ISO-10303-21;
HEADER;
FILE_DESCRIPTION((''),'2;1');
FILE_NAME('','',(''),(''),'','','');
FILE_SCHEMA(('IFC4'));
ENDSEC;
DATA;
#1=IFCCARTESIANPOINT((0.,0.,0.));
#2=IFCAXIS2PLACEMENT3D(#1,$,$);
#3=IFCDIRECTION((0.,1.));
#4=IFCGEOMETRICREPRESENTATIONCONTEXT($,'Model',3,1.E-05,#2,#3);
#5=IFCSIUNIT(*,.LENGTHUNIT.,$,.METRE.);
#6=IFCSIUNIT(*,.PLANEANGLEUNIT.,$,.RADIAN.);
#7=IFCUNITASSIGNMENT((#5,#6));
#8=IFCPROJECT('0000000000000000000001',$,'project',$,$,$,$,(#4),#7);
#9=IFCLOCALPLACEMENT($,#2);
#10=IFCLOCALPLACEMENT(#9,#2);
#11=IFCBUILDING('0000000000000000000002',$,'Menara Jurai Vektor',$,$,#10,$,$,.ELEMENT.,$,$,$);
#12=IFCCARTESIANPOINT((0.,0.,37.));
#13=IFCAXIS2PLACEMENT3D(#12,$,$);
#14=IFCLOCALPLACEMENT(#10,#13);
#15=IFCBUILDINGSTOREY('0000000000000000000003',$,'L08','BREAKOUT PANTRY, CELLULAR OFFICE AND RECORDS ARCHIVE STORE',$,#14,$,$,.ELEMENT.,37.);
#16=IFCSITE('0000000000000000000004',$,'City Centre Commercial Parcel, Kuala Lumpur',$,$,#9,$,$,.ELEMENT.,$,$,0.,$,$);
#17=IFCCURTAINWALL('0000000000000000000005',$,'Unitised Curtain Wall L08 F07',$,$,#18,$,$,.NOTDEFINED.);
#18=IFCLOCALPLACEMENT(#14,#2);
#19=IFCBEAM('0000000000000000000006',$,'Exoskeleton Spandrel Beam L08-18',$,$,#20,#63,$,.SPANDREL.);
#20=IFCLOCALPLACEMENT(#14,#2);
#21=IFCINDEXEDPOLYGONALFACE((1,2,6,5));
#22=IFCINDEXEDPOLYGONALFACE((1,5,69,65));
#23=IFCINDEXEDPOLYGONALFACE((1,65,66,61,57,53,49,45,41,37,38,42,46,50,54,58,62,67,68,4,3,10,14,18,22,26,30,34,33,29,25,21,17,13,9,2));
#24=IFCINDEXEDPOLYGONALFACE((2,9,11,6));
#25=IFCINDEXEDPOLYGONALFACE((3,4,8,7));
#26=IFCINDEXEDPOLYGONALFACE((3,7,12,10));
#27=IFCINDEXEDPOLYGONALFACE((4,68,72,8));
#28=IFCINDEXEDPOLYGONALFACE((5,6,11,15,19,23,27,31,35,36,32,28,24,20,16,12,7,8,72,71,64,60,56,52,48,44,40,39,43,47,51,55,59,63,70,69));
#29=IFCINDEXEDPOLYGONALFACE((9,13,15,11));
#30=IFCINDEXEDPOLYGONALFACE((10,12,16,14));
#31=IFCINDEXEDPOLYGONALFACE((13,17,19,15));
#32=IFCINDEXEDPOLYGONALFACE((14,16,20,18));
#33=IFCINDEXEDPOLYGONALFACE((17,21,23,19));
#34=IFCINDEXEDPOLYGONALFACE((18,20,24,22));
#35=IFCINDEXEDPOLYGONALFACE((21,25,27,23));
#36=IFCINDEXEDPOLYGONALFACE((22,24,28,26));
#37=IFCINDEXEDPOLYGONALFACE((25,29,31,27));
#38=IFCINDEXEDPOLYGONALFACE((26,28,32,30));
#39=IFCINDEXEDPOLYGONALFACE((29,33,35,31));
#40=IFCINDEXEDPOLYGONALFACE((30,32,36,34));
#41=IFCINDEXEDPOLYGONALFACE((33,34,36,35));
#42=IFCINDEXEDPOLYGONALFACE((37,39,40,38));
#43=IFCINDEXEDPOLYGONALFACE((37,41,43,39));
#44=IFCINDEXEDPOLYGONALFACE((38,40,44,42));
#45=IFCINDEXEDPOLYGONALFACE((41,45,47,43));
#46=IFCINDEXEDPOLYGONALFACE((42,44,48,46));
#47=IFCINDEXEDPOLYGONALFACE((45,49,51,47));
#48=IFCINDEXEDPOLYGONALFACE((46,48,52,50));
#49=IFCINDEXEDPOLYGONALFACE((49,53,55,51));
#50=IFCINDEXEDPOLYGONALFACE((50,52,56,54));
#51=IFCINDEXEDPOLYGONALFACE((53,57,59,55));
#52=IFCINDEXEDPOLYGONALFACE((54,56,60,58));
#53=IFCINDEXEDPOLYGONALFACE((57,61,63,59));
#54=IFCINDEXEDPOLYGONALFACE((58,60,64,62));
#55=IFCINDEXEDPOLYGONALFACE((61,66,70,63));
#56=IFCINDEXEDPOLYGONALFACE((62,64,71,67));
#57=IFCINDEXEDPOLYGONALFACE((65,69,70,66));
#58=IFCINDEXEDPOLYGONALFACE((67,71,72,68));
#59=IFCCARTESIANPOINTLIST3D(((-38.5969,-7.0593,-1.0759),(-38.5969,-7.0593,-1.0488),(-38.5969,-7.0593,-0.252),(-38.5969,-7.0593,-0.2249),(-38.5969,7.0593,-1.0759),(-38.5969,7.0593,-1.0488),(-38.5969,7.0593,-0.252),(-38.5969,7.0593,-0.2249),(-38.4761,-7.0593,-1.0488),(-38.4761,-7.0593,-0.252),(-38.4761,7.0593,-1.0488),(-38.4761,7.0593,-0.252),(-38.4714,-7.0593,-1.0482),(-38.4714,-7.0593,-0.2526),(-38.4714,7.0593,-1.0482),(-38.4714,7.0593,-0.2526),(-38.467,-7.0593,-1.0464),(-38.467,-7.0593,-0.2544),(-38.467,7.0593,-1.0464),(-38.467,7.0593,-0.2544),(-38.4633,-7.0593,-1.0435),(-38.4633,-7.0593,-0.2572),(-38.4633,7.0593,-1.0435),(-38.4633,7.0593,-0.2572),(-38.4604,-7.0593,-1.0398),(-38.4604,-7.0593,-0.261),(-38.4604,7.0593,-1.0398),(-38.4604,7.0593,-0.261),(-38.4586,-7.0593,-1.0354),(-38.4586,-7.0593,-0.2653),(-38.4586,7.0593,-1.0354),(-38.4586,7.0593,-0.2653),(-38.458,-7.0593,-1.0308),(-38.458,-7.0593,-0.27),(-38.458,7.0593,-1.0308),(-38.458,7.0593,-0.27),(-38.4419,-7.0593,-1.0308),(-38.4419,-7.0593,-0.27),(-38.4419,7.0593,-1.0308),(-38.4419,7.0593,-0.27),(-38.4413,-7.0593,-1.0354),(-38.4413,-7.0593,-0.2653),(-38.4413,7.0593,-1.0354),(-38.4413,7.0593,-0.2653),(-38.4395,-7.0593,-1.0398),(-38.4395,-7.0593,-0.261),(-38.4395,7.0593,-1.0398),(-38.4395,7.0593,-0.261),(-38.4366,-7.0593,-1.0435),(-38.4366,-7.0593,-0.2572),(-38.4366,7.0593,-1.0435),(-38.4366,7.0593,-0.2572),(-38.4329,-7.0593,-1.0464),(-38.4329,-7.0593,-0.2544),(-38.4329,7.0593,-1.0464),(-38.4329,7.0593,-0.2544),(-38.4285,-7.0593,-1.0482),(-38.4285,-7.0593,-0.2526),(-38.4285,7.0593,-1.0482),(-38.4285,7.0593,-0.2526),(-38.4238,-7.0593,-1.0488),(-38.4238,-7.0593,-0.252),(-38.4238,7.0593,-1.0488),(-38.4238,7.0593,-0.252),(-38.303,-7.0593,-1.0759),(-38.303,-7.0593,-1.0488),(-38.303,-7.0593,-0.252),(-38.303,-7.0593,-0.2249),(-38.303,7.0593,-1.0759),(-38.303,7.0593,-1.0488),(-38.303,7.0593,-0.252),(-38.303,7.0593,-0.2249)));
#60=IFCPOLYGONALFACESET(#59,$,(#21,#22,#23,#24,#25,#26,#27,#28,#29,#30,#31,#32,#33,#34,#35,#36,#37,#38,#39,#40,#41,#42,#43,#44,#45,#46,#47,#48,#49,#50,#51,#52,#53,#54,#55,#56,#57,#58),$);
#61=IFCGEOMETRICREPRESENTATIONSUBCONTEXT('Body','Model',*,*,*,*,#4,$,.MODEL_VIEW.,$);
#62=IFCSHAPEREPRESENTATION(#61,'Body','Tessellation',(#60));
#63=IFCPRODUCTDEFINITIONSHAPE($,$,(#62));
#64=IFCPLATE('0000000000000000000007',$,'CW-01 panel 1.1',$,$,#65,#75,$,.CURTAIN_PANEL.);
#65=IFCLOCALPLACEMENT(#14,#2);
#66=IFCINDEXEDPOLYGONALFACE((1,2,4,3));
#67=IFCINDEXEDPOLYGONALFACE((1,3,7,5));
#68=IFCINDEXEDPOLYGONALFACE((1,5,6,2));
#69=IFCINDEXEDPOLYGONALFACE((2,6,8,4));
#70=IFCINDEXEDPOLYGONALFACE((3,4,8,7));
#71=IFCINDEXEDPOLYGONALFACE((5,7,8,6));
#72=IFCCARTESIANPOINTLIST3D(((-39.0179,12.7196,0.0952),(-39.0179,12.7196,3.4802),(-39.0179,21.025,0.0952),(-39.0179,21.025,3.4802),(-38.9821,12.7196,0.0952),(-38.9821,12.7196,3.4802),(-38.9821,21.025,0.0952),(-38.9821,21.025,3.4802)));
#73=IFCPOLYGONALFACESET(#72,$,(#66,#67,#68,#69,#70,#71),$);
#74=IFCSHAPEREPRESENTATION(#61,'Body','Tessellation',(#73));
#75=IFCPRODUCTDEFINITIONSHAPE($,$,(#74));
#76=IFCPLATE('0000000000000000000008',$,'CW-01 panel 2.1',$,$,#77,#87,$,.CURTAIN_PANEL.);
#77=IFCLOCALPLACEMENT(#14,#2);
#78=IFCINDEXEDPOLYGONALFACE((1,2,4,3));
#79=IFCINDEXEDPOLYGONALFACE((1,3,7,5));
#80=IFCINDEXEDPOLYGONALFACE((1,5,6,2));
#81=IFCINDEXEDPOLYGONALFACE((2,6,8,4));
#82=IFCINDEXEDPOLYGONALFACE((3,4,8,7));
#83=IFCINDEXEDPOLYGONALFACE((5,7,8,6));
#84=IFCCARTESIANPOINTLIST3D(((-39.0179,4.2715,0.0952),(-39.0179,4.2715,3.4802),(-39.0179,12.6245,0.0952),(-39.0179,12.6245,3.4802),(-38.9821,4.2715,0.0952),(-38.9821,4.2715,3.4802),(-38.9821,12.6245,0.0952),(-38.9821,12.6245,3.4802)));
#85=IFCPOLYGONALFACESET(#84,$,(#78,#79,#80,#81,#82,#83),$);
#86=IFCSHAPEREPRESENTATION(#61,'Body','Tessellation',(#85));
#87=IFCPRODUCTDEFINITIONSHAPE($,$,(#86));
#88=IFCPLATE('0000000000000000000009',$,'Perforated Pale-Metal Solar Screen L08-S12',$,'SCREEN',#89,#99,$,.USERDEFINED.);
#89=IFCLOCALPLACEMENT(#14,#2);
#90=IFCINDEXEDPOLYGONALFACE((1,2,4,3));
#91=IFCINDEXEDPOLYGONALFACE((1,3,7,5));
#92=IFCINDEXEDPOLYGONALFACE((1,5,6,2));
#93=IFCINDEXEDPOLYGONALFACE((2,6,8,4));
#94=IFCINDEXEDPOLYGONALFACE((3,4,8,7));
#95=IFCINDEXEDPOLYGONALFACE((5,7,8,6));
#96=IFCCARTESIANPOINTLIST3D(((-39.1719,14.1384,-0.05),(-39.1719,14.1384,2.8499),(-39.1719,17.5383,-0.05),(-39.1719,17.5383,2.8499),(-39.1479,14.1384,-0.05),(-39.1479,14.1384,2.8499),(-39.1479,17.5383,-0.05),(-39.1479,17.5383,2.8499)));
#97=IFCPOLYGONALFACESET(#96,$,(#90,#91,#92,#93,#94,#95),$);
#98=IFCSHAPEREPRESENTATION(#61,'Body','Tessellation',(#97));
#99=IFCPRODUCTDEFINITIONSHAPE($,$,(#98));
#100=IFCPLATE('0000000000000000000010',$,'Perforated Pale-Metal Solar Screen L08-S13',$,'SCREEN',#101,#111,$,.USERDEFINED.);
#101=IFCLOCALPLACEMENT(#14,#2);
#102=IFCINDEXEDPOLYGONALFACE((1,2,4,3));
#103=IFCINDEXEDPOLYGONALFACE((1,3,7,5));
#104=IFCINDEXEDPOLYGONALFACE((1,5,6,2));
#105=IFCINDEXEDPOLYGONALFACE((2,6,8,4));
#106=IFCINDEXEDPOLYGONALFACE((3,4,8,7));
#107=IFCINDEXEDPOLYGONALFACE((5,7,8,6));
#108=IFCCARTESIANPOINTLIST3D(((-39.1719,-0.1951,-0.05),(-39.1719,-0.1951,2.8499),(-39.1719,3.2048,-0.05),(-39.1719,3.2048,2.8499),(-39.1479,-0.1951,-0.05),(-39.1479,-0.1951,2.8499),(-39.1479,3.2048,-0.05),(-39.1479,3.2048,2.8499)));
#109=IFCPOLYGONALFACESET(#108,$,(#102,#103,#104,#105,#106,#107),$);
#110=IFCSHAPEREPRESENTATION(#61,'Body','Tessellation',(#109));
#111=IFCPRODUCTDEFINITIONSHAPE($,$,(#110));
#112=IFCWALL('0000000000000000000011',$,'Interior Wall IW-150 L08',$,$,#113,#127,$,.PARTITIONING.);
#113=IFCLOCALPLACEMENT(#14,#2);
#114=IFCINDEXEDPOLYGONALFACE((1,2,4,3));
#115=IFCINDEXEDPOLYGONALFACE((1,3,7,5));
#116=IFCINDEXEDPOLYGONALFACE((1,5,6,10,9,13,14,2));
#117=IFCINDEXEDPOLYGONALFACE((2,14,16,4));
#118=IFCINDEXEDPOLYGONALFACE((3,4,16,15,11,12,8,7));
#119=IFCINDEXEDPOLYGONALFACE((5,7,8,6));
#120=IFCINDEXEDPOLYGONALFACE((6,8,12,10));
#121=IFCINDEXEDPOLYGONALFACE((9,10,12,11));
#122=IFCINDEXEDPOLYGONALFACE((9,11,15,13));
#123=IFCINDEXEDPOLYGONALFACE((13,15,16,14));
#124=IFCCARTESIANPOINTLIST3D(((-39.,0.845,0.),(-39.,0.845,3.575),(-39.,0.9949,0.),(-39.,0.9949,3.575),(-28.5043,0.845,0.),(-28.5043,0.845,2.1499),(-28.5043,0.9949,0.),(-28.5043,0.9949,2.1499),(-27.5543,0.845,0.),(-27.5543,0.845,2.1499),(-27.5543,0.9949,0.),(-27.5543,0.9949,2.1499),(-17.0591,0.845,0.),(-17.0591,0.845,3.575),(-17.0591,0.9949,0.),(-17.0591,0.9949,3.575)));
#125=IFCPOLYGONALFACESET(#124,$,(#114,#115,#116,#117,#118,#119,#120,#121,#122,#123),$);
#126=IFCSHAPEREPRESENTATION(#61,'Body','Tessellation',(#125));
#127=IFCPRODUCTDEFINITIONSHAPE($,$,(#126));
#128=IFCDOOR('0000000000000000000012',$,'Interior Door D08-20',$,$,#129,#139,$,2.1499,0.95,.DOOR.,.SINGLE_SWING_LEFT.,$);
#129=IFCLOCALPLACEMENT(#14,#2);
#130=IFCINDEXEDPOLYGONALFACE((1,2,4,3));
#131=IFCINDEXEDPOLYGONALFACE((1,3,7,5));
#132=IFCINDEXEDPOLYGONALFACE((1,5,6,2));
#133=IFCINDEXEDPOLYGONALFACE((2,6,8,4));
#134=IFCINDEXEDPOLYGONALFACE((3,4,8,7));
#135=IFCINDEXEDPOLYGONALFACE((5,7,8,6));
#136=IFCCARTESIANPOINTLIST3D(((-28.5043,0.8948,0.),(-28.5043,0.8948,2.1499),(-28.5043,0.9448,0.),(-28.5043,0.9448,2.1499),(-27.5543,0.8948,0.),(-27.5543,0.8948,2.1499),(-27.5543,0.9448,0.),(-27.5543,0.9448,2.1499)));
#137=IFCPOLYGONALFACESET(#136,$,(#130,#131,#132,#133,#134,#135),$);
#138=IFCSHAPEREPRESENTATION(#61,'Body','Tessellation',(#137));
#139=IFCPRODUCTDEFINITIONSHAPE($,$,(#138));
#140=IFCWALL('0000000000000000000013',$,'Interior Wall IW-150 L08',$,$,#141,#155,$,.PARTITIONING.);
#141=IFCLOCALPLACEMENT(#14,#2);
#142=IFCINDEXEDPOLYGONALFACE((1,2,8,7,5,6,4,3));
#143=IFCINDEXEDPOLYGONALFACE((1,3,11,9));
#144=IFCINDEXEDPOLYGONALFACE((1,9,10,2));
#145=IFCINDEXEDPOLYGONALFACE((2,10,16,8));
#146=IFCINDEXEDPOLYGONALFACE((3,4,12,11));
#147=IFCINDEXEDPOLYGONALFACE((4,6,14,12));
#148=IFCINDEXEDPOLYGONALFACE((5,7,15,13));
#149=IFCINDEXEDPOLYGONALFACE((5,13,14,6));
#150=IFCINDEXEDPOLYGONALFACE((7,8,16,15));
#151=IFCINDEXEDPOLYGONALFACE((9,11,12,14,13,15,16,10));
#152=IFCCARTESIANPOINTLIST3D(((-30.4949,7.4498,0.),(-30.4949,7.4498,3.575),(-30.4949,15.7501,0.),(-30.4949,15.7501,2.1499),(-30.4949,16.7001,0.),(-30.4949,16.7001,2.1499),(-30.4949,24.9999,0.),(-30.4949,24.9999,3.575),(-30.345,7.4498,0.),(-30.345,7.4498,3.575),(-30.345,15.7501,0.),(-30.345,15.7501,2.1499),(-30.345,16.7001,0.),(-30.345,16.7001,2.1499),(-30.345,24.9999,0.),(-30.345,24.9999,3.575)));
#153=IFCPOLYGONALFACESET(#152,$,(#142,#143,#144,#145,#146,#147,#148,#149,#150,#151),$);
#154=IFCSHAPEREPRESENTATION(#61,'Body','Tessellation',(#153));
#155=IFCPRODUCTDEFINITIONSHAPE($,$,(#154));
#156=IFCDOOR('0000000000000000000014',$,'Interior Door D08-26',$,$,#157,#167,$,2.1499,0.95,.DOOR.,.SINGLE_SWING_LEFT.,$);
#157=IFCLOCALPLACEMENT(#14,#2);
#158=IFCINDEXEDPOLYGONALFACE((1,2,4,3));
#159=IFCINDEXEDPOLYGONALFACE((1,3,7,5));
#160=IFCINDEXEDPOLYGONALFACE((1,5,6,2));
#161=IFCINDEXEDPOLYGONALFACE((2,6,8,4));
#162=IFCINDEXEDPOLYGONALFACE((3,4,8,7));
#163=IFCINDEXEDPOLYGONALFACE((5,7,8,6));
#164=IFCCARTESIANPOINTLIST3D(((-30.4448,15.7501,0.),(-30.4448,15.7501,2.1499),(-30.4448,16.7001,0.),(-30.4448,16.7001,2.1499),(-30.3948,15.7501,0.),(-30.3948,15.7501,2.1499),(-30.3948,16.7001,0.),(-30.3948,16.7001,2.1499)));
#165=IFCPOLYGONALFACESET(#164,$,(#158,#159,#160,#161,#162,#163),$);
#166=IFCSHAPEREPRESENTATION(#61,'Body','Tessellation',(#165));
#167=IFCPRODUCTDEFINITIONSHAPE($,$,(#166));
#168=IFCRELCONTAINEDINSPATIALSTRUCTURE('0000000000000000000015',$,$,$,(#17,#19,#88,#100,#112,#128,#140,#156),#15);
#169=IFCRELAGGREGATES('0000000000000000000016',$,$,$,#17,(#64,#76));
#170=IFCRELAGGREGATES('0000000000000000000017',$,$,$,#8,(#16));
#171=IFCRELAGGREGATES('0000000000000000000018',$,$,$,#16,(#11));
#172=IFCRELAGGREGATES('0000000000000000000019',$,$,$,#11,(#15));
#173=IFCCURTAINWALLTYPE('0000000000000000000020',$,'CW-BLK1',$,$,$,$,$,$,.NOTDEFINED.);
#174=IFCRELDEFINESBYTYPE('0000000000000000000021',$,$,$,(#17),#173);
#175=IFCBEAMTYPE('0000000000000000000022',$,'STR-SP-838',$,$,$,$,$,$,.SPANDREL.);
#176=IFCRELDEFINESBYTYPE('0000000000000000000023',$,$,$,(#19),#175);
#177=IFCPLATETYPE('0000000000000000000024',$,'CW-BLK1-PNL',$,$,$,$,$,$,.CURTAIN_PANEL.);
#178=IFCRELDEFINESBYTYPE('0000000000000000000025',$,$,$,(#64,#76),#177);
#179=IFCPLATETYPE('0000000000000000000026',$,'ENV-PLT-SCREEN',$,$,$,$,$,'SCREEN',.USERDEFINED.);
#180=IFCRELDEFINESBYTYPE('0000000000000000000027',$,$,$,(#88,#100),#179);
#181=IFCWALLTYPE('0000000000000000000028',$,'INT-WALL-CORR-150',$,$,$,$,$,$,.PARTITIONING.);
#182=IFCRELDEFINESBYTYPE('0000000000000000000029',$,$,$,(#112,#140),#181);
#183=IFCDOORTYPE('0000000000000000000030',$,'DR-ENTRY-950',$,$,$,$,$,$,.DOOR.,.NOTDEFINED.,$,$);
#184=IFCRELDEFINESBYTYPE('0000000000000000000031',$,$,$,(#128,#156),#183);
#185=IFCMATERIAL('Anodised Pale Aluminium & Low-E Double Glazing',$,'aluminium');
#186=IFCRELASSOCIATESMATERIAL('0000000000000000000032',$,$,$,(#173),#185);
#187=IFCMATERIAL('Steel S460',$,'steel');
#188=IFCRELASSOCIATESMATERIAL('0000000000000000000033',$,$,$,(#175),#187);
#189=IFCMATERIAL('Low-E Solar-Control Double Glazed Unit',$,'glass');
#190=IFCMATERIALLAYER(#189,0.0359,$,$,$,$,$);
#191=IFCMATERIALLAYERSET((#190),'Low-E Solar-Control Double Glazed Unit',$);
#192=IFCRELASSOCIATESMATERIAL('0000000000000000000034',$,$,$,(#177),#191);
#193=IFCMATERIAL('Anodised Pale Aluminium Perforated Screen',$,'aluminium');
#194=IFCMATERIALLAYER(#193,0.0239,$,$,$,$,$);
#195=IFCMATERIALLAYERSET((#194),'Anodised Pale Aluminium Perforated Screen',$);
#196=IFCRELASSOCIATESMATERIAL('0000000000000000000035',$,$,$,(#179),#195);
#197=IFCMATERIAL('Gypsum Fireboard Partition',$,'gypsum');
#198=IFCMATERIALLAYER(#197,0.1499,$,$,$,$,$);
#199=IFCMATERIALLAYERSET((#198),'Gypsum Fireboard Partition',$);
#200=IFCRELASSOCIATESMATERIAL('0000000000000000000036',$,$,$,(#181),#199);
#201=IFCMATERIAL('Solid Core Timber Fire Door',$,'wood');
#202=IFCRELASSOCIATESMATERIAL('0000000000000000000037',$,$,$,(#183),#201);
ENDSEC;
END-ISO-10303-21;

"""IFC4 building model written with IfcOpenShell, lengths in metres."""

from ifc_helpers import new_model, si_unit, direction, frame, frame_2d, origin, origin_2d, place, context, subcontext, project, spatial, rectangle, i_section, extrude, material, layer, layer_set, material_profile, profile_set, type_object, element, fill, aggregate, save


model = new_model("IFC4")

# Units and contexts
model_context = context("Model", 3, precision=1e-05, world=origin(), true_north=direction((0.0, 1.0)))
body_context = subcontext(model_context, "Body", "Model", "MODEL_VIEW")
ifc_project = project(units=[si_unit("LENGTHUNIT", "METRE"), si_unit("PLANEANGLEUNIT", "RADIAN")], contexts=[model_context])

# Site, building, storey
site_placement = place(None, origin())
site = spatial("IfcSite", under=ifc_project, at=site_placement, Name="City Centre Commercial Parcel, Kuala Lumpur", CompositionType="ELEMENT", RefElevation=0.0)
building_placement = place(site_placement, origin())
building = spatial("IfcBuilding", under=site, at=building_placement, Name="Menara Jurai Vektor", CompositionType="ELEMENT")
storey_placement = place(building_placement, frame((0.0, 0.0, 37.0)))
storey = spatial("IfcBuildingStorey", under=building, at=storey_placement, Name="L08", Description="BREAKOUT PANTRY, CELLULAR OFFICE AND RECORDS ARCHIVE STORE", CompositionType="ELEMENT", Elevation=37.0)

# Shared definitions
ifc_material_1 = material(Name="Steel S460", Category="steel")

# Curtain wall
ifc_material_2 = material(Name="Anodised Pale Aluminium & Low-E Double Glazing", Category="aluminium")
curtain_wall_type = type_object("IfcCurtainWallType", Name="CW-BLK1", PredefinedType="NOTDEFINED", material=ifc_material_2)
curtain_wall_placement = place(storey_placement, origin())
curtain_wall = element("IfcCurtainWall", 1, at=curtain_wall_placement, inside=storey, type_object=curtain_wall_type, Name="Unitised Curtain Wall L08 F07", PredefinedType="NOTDEFINED")

# Beam
ifc_material_profile_1 = material_profile(ifc_material_1, i_section(OverallWidth=0.2939, OverallDepth=0.8511, WebThickness=0.0161, FlangeThickness=0.0271, FilletRadius=0.0181, at=origin_2d()), Name="UKB 838x292x226")
ifc_profile_set_1 = profile_set([ifc_material_profile_1], Name="Steel S460")
beam_type_1 = type_object("IfcBeamType", Name="STR-SP-838", PredefinedType="SPANDREL", material=ifc_profile_set_1)
beam_1_placement = place(storey_placement, frame((-38.45, 7.0593, -0.6504), z_axis=(0.0, -1.0, 0.0), x_axis=(1.0, 0.0, 0.0)))
element("IfcBeam", 2, at=beam_1_placement, inside=storey, type_object=beam_type_1, Name="Exoskeleton Spandrel Beam L08-18", PredefinedType="SPANDREL", context=body_context, shape_type="SweptSolid", body=[
    extrude(i_section(OverallWidth=0.2939, OverallDepth=0.8511, WebThickness=0.0161, FlangeThickness=0.0271, FilletRadius=0.0181, at=origin_2d()), origin(), (0.0, 0.0, 1.0), 14.1187),
])

# Plates
ifc_material_3 = material(Name="Low-E Solar-Control Double Glazed Unit", Category="glass")
ifc_layer_1 = layer(ifc_material_3, 0.0359)
ifc_layer_set_1 = layer_set([ifc_layer_1], Name="Low-E Solar-Control Double Glazed Unit")
plate_type_1 = type_object("IfcPlateType", Name="CW-BLK1-PNL", PredefinedType="CURTAIN_PANEL", material=ifc_layer_set_1)
plate_1_placement = place(storey_placement, frame((-39.0, 16.8723, 0.0952), z_axis=(0.0, 0.0, 1.0), x_axis=(0.0, -1.0, 0.0)))
plate_1 = element("IfcPlate", 3, at=plate_1_placement, type_object=plate_type_1, Name="CW-01 panel 1.1", PredefinedType="CURTAIN_PANEL", context=body_context, shape_type="SweptSolid", body=[
    extrude(rectangle(XDim=8.3054, YDim=0.0359, at=origin_2d()), origin(), (0.0, 0.0, 1.0), 3.385),
])
plate_2_placement = place(storey_placement, frame((-39.0, 8.448, 0.0952), z_axis=(0.0, 0.0, 1.0), x_axis=(0.0, -1.0, 0.0)))
plate_2 = element("IfcPlate", 4, at=plate_2_placement, type_object=plate_type_1, Name="CW-01 panel 2.1", PredefinedType="CURTAIN_PANEL", context=body_context, shape_type="SweptSolid", body=[
    extrude(rectangle(XDim=8.353, YDim=0.0359, at=origin_2d()), origin(), (0.0, 0.0, 1.0), 3.385),
])
aggregate(curtain_wall, [plate_1, plate_2])

# Plates
ifc_material_4 = material(Name="Anodised Pale Aluminium Perforated Screen", Category="aluminium")
ifc_layer_2 = layer(ifc_material_4, 0.0239)
ifc_layer_set_2 = layer_set([ifc_layer_2], Name="Anodised Pale Aluminium Perforated Screen")
plate_type_2 = type_object("IfcPlateType", Name="ENV-PLT-SCREEN", ElementType="SCREEN", PredefinedType="USERDEFINED", material=ifc_layer_set_2)
for number, where, z_axis, x_axis, name in (
    (5, (-39.1599, 15.8384, -0.05), (0.0, 0.0, 1.0), (0.0, -1.0, 0.0), "Perforated Pale-Metal Solar Screen L08-S12"),
    (6, (-39.1599, 1.5049, -0.05), (0.0, 0.0, 1.0), (0.0, -1.0, 0.0), "Perforated Pale-Metal Solar Screen L08-S13"),
):
    element("IfcPlate", number, at=place(storey_placement, frame(where, z_axis=z_axis, x_axis=x_axis)), inside=storey, type_object=plate_type_2, Name=name, ObjectType="SCREEN", PredefinedType="USERDEFINED", context=body_context, shape_type="SweptSolid", body=[
        extrude(rectangle(XDim=3.3999, YDim=0.0239, at=origin_2d()), origin(), (0.0, 0.0, 1.0), 2.8999),
    ])

# Walls, openings, doors
ifc_material_5 = material(Name="Gypsum Fireboard Partition", Category="gypsum")
ifc_layer_3 = layer(ifc_material_5, 0.1499)
ifc_layer_set_3 = layer_set([ifc_layer_3], Name="Gypsum Fireboard Partition")
wall_type_1 = type_object("IfcWallType", Name="INT-WALL-CORR-150", PredefinedType="PARTITIONING", material=ifc_layer_set_3)
wall_1_placement = place(storey_placement, frame((-39.0, 0.9199, 0.0), z_axis=(0.0, 0.0, 1.0), x_axis=(1.0, 0.0, 0.0)))
wall_1 = element("IfcWall", 7, at=wall_1_placement, inside=storey, type_object=wall_type_1, Name="Interior Wall IW-150 L08", PredefinedType="PARTITIONING", context=body_context, shape_type="SweptSolid", body=[
    extrude(rectangle(XDim=21.9409, YDim=0.1499, at=frame_2d((10.9705, 0.0))), origin(), (0.0, 0.0, 1.0), 3.575),
])
opening_1_placement = place(wall_1_placement, frame((10.4956, 0.0, 0.0)))
opening_1 = element("IfcOpeningElement", 8, at=opening_1_placement, cuts=wall_1, PredefinedType="OPENING", context=body_context, shape_type="SweptSolid", body=[
    extrude(rectangle(XDim=0.95, YDim=2.1499, at=frame_2d((0.4751, 1.075))), frame((0.0, 0.085, 0.0), z_axis=(0.0, -1.0, 0.0), x_axis=(1.0, 0.0, 0.0)), (0.0, 0.0, 1.0), 0.1699),
])
ifc_material_6 = material(Name="Solid Core Timber Fire Door", Category="wood")
door_type = type_object("IfcDoorType", Name="DR-ENTRY-950", OperationType="NOTDEFINED", PredefinedType="DOOR", material=ifc_material_6)
door_1_placement = place(opening_1_placement, origin())
door_1 = element("IfcDoor", 9, at=door_1_placement, inside=storey, type_object=door_type, Name="Interior Door D08-20", OperationType="SINGLE_SWING_LEFT", OverallHeight=2.1499, OverallWidth=0.95, PredefinedType="DOOR", context=body_context, shape_type="SweptSolid", body=[
    extrude(rectangle(XDim=0.95, YDim=2.1499, at=frame_2d((0.4751, 1.075))), frame((0.0, 0.0249, 0.0), z_axis=(0.0, -1.0, 0.0), x_axis=(1.0, 0.0, 0.0)), (0.0, 0.0, 1.0), 0.05),
])
fill(opening_1, door_1)
wall_2_placement = place(storey_placement, frame((-30.4199, 7.45, 0.0), z_axis=(0.0, 0.0, 1.0), x_axis=(0.0, 1.0, 0.0)))
wall_2 = element("IfcWall", 10, at=wall_2_placement, inside=storey, type_object=wall_type_1, Name="Interior Wall IW-150 L08", PredefinedType="PARTITIONING", context=body_context, shape_type="SweptSolid", body=[
    extrude(rectangle(XDim=17.55, YDim=0.1499, at=frame_2d((8.7749, 0.0))), origin(), (0.0, 0.0, 1.0), 3.575),
])
opening_2_placement = place(wall_2_placement, frame((8.3, 0.0, 0.0)))
opening_2 = element("IfcOpeningElement", 11, at=opening_2_placement, cuts=wall_2, PredefinedType="OPENING", context=body_context, shape_type="SweptSolid", body=[
    extrude(rectangle(XDim=0.95, YDim=2.1499, at=frame_2d((0.4751, 1.075))), frame((0.0, 0.085, 0.0), z_axis=(0.0, -1.0, 0.0), x_axis=(1.0, 0.0, 0.0)), (0.0, 0.0, 1.0), 0.1699),
])
door_2_placement = place(opening_2_placement, origin())
door_2 = element("IfcDoor", 12, at=door_2_placement, inside=storey, type_object=door_type, Name="Interior Door D08-26", OperationType="SINGLE_SWING_LEFT", OverallHeight=2.1499, OverallWidth=0.95, PredefinedType="DOOR", context=body_context, shape_type="SweptSolid", body=[
    extrude(rectangle(XDim=0.95, YDim=2.1499, at=frame_2d((0.4751, 1.075))), frame((0.0, 0.0249, 0.0), z_axis=(0.0, -1.0, 0.0), x_axis=(1.0, 0.0, 0.0)), (0.0, 0.0, 1.0), 0.05),
])
fill(opening_2, door_2)

save(model, "model.ifc")
